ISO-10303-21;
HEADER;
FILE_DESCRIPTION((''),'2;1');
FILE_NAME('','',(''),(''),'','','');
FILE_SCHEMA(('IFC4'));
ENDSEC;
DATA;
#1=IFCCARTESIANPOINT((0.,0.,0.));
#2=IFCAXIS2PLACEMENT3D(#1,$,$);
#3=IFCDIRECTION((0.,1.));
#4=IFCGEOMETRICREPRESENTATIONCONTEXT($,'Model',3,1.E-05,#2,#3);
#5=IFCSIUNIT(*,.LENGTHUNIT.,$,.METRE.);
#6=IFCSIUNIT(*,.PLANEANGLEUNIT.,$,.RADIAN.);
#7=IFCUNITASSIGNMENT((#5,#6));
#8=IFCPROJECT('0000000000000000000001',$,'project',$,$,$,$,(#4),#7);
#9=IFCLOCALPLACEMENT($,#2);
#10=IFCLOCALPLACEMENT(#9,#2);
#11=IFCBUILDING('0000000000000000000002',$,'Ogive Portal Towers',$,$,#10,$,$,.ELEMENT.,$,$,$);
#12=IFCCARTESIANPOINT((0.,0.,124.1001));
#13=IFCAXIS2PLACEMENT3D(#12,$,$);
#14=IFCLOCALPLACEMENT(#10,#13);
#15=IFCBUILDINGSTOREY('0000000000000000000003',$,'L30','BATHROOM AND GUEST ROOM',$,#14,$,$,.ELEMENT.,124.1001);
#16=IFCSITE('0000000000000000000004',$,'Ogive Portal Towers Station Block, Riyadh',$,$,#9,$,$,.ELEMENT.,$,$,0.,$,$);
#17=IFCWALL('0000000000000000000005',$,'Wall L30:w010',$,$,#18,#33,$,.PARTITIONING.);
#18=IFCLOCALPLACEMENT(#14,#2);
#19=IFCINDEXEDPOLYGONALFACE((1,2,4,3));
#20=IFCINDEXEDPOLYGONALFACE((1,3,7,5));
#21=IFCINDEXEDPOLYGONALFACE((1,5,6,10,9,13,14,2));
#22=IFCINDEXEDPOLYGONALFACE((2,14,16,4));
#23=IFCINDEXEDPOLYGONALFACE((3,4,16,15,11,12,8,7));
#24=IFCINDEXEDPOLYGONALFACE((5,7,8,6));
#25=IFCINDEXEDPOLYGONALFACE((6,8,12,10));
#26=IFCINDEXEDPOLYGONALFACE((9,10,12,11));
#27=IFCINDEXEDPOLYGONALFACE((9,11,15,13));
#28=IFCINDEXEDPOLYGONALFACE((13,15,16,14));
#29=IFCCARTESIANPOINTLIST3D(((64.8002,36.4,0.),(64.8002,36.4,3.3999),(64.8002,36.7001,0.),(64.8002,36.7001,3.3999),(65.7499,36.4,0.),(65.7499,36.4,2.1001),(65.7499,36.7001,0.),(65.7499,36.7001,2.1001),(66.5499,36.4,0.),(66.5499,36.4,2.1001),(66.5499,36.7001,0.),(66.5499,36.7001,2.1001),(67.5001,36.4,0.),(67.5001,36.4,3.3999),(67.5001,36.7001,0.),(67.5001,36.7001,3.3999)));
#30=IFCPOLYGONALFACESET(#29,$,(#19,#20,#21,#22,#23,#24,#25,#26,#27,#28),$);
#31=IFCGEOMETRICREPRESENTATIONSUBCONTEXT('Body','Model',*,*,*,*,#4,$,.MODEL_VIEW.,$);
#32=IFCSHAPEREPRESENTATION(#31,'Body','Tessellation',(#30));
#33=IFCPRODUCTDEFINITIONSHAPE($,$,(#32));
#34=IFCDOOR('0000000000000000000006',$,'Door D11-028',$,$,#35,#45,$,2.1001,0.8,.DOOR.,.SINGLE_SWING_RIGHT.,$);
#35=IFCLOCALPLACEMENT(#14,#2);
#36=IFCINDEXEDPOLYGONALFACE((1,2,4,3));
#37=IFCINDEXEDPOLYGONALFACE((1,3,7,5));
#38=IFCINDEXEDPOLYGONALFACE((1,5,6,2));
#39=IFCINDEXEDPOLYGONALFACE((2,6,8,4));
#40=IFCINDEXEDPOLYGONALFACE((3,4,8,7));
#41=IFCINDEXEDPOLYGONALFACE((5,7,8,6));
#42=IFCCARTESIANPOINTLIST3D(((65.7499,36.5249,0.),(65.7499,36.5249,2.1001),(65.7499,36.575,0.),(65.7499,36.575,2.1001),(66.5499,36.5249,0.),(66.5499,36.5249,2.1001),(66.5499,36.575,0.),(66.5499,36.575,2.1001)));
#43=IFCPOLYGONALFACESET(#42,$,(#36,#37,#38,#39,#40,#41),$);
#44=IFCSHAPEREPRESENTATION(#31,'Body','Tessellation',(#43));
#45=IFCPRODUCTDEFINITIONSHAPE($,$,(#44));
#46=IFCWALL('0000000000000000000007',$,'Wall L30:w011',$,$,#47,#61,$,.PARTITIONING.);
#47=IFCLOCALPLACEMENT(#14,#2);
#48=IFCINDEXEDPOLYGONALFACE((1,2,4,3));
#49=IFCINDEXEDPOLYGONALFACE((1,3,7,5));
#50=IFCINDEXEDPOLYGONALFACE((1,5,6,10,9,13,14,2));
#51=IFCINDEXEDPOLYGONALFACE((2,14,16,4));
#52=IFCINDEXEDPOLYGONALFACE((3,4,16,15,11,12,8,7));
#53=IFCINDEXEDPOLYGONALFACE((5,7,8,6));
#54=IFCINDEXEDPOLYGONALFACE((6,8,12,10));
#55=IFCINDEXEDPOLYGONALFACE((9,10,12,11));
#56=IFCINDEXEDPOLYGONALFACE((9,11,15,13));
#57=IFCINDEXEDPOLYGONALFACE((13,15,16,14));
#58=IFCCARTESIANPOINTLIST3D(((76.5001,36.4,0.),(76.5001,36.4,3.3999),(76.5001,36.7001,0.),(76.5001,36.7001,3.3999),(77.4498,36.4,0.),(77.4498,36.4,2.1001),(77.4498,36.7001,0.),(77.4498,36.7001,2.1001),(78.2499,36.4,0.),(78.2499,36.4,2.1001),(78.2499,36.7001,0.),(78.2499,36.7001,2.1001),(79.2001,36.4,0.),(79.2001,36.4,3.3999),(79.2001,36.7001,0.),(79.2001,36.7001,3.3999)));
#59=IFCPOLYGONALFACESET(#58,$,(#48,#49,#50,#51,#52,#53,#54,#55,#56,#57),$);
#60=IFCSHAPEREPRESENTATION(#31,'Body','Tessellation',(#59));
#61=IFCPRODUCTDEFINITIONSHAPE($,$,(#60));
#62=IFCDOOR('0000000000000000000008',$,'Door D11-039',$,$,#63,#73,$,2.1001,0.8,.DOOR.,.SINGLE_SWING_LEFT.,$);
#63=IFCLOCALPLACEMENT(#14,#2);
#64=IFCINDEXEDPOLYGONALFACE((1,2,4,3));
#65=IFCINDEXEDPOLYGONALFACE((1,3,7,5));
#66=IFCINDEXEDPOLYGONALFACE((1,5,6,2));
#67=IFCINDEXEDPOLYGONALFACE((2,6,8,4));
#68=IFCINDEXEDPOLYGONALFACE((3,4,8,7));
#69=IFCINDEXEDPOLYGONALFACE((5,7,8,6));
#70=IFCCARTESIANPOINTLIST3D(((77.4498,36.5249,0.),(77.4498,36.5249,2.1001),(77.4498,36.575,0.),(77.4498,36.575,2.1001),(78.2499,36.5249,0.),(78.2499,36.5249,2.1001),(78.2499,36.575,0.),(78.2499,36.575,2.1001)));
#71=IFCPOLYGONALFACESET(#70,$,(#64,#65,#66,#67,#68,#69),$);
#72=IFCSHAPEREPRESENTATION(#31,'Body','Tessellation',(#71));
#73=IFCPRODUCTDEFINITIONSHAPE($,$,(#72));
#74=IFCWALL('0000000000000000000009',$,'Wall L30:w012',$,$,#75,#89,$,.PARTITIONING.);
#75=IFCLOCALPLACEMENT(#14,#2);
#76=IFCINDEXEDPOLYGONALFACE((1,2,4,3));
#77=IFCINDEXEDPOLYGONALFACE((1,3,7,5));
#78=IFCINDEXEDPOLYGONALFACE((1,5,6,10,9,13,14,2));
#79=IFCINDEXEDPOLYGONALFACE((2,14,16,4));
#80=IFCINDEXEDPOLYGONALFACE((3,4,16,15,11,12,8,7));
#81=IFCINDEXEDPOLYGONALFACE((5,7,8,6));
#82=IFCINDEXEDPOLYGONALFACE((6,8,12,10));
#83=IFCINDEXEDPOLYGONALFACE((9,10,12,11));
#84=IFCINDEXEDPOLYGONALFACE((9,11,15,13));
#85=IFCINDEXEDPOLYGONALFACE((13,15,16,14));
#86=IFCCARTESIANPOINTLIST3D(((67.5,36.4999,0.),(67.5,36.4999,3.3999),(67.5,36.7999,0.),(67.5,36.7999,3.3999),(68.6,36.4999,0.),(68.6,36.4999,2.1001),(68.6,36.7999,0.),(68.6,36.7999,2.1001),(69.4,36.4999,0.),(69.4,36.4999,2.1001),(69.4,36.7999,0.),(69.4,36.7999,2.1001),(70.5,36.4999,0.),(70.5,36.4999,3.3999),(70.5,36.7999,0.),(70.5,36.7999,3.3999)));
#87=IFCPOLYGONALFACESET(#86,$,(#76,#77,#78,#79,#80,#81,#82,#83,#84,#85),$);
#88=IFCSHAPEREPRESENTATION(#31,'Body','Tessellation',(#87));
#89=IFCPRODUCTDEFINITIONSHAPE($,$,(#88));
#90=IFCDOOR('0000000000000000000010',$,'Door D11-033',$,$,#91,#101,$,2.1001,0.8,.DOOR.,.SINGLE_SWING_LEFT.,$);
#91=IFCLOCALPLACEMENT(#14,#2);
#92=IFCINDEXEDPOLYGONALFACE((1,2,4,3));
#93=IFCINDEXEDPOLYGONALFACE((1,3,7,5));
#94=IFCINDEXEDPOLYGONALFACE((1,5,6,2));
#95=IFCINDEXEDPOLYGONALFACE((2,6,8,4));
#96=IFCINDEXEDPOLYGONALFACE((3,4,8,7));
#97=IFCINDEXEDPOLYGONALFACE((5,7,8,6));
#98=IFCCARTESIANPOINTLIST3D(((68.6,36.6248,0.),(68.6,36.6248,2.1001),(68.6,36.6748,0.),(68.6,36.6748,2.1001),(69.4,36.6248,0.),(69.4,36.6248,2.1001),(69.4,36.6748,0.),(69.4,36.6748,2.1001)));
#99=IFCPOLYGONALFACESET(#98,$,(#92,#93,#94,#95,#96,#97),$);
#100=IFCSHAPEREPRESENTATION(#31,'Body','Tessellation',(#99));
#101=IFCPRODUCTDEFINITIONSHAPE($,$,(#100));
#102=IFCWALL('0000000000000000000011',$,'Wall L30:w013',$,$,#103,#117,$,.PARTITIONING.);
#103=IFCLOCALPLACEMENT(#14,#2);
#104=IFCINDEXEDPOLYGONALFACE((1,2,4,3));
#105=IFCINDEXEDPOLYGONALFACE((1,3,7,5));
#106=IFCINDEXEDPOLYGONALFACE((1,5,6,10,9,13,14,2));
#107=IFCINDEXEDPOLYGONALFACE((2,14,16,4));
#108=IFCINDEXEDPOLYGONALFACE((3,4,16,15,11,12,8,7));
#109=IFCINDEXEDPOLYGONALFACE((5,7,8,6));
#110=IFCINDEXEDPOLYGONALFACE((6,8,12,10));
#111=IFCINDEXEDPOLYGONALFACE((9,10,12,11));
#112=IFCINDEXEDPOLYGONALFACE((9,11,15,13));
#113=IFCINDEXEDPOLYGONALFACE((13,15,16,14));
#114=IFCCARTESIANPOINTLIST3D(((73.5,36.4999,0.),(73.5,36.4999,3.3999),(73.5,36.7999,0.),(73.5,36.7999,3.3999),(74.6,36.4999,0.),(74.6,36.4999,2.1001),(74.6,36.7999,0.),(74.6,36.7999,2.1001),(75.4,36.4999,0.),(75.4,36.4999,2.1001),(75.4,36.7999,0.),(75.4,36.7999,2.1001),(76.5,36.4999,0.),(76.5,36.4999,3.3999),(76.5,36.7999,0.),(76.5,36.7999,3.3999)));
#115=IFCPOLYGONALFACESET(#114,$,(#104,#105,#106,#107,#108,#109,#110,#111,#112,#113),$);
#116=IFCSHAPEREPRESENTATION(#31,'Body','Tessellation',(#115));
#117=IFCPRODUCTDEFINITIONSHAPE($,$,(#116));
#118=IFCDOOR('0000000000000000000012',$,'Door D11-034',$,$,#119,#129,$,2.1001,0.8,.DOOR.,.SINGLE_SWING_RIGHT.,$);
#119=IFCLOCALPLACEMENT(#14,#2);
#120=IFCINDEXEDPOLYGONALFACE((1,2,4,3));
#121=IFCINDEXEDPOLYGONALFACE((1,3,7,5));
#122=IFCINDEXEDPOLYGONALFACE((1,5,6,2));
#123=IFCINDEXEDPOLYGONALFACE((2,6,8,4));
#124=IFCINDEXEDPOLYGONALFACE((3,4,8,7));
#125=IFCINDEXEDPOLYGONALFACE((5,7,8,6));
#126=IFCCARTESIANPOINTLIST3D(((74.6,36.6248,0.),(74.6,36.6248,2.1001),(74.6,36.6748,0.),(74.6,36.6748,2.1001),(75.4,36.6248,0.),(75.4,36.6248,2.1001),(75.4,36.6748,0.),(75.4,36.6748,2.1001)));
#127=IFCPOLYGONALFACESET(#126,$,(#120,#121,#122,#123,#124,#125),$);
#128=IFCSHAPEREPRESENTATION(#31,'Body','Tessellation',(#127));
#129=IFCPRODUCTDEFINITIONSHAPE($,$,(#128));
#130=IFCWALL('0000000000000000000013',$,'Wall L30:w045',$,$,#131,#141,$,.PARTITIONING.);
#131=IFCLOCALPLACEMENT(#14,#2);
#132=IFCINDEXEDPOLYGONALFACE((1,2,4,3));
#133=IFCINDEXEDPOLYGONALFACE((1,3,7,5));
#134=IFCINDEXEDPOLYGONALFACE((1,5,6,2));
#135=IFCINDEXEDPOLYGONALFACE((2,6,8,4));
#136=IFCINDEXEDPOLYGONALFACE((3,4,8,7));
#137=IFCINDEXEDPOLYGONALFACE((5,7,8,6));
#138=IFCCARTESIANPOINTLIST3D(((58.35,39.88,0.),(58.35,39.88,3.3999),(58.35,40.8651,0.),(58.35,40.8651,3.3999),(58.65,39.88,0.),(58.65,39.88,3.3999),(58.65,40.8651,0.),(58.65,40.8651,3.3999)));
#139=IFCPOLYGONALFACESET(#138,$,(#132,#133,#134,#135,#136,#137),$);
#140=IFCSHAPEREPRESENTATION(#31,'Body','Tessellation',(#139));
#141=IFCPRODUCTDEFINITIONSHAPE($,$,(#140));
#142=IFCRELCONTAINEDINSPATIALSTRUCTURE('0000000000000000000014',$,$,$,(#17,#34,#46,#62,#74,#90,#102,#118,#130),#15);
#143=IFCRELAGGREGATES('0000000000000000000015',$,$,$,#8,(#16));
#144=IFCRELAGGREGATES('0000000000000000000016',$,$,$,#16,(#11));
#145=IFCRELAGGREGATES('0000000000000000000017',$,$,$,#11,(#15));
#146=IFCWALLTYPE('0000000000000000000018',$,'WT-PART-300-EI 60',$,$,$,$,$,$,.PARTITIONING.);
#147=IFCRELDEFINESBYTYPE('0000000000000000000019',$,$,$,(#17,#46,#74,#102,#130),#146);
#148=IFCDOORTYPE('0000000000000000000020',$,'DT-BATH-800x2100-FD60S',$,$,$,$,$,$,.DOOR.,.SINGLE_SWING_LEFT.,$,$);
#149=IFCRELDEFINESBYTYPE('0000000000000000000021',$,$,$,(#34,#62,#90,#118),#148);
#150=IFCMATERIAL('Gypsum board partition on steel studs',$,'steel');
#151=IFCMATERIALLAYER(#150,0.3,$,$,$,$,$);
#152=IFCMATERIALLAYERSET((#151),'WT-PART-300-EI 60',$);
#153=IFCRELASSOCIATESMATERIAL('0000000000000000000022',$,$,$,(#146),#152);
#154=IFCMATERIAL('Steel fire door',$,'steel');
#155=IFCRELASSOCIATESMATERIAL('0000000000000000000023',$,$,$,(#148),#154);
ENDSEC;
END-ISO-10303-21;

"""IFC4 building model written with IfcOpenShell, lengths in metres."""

from ifc_helpers import new_model, si_unit, direction, frame, frame_2d, origin, place, context, subcontext, project, spatial, rectangle, extrude, material, layer, layer_set, type_object, element, fill, save


model = new_model("IFC4")

# Units and contexts
model_context = context("Model", 3, precision=1e-05, world=origin(), true_north=direction((0.0, 1.0)))
body_context = subcontext(model_context, "Body", "Model", "MODEL_VIEW")
ifc_project = project(units=[si_unit("LENGTHUNIT", "METRE"), si_unit("PLANEANGLEUNIT", "RADIAN")], contexts=[model_context])

# Site, building, storey
site_placement = place(None, origin())
site = spatial("IfcSite", under=ifc_project, at=site_placement, Name="Ogive Portal Towers Station Block, Riyadh", CompositionType="ELEMENT", RefElevation=0.0)
building_placement = place(site_placement, origin())
building = spatial("IfcBuilding", under=site, at=building_placement, Name="Ogive Portal Towers", CompositionType="ELEMENT")
storey_placement = place(building_placement, frame((0.0, 0.0, 124.1001)))
storey = spatial("IfcBuildingStorey", under=building, at=storey_placement, Name="L30", Description="BATHROOM AND GUEST ROOM", CompositionType="ELEMENT", Elevation=124.1001)

# Walls, openings, doors
ifc_material_1 = material(Name="Gypsum board partition on steel studs", Category="steel")
ifc_layer_1 = layer(ifc_material_1, 0.3)
ifc_layer_set_1 = layer_set([ifc_layer_1], Name="WT-PART-300-EI 60")
wall_type = type_object("IfcWallType", Name="WT-PART-300-EI 60", PredefinedType="PARTITIONING", material=ifc_layer_set_1)
wall_1_placement = place(storey_placement, frame((64.8, 36.55, 0.0), z_axis=(0.0, 0.0, 1.0), x_axis=(1.0, 0.0, 0.0)))
wall_1 = element("IfcWall", 1, at=wall_1_placement, inside=storey, type_object=wall_type, Name="Wall L30:w010", PredefinedType="PARTITIONING", context=body_context, shape_type="SweptSolid", body=[
    extrude(rectangle(XDim=2.7, YDim=0.3, at=frame_2d((1.3501, 0.0))), origin(), (0.0, 0.0, 1.0), 3.3999),
])
opening_1_placement = place(wall_1_placement, frame((0.95, 0.0, 0.0)))
opening_1 = element("IfcOpeningElement", 2, at=opening_1_placement, cuts=wall_1, PredefinedType="OPENING", context=body_context, shape_type="SweptSolid", body=[
    extrude(rectangle(XDim=0.8, YDim=2.1001, at=frame_2d((0.3999, 1.05))), frame((0.0, 0.1602, 0.0), z_axis=(0.0, -1.0, 0.0), x_axis=(1.0, 0.0, 0.0)), (0.0, 0.0, 1.0), 0.3201),
])
ifc_material_2 = material(Name="Steel fire door", Category="steel")
door_type = type_object("IfcDoorType", Name="DT-BATH-800x2100-FD60S", OperationType="SINGLE_SWING_LEFT", PredefinedType="DOOR", material=ifc_material_2)
door_1_placement = place(opening_1_placement, origin())
door_1 = element("IfcDoor", 3, at=door_1_placement, inside=storey, type_object=door_type, Name="Door D11-028", OperationType="SINGLE_SWING_RIGHT", OverallHeight=2.1001, OverallWidth=0.8, PredefinedType="DOOR", context=body_context, shape_type="SweptSolid", body=[
    extrude(rectangle(XDim=0.8, YDim=2.1001, at=frame_2d((0.3999, 1.05))), frame((0.0, 0.0249, 0.0), z_axis=(0.0, -1.0, 0.0), x_axis=(1.0, 0.0, 0.0)), (0.0, 0.0, 1.0), 0.05),
])
fill(opening_1, door_1)
wall_2_placement = place(storey_placement, frame((76.5, 36.55, 0.0), z_axis=(0.0, 0.0, 1.0), x_axis=(1.0, 0.0, 0.0)))
wall_2 = element("IfcWall", 4, at=wall_2_placement, inside=storey, type_object=wall_type, Name="Wall L30:w011", PredefinedType="PARTITIONING", context=body_context, shape_type="SweptSolid", body=[
    extrude(rectangle(XDim=2.7, YDim=0.3, at=frame_2d((1.3501, 0.0))), origin(), (0.0, 0.0, 1.0), 3.3999),
])
opening_2_placement = place(wall_2_placement, frame((0.95, 0.0, 0.0)))
opening_2 = element("IfcOpeningElement", 5, at=opening_2_placement, cuts=wall_2, PredefinedType="OPENING", context=body_context, shape_type="SweptSolid", body=[
    extrude(rectangle(XDim=0.8, YDim=2.1001, at=frame_2d((0.3999, 1.05))), frame((0.0, 0.1602, 0.0), z_axis=(0.0, -1.0, 0.0), x_axis=(1.0, 0.0, 0.0)), (0.0, 0.0, 1.0), 0.3201),
])
door_2_placement = place(opening_2_placement, origin())
door_2 = element("IfcDoor", 6, at=door_2_placement, inside=storey, type_object=door_type, Name="Door D11-039", OperationType="SINGLE_SWING_LEFT", OverallHeight=2.1001, OverallWidth=0.8, PredefinedType="DOOR", context=body_context, shape_type="SweptSolid", body=[
    extrude(rectangle(XDim=0.8, YDim=2.1001, at=frame_2d((0.3999, 1.05))), frame((0.0, 0.0249, 0.0), z_axis=(0.0, -1.0, 0.0), x_axis=(1.0, 0.0, 0.0)), (0.0, 0.0, 1.0), 0.05),
])
fill(opening_2, door_2)
wall_3_placement = place(storey_placement, frame((67.5, 36.6499, 0.0), z_axis=(0.0, 0.0, 1.0), x_axis=(1.0, 0.0, 0.0)))
wall_3 = element("IfcWall", 7, at=wall_3_placement, inside=storey, type_object=wall_type, Name="Wall L30:w012", PredefinedType="PARTITIONING", context=body_context, shape_type="SweptSolid", body=[
    extrude(rectangle(XDim=3.0, YDim=0.3, at=frame_2d((1.5, 0.0))), origin(), (0.0, 0.0, 1.0), 3.3999),
])
opening_3_placement = place(wall_3_placement, frame((1.1001, 0.0, 0.0)))
opening_3 = element("IfcOpeningElement", 8, at=opening_3_placement, cuts=wall_3, PredefinedType="OPENING", context=body_context, shape_type="SweptSolid", body=[
    extrude(rectangle(XDim=0.8, YDim=2.1001, at=frame_2d((0.3999, 1.05))), frame((0.0, 0.1602, 0.0), z_axis=(0.0, -1.0, 0.0), x_axis=(1.0, 0.0, 0.0)), (0.0, 0.0, 1.0), 0.3201),
])
door_3_placement = place(opening_3_placement, origin())
door_3 = element("IfcDoor", 9, at=door_3_placement, inside=storey, type_object=door_type, Name="Door D11-033", OperationType="SINGLE_SWING_LEFT", OverallHeight=2.1001, OverallWidth=0.8, PredefinedType="DOOR", context=body_context, shape_type="SweptSolid", body=[
    extrude(rectangle(XDim=0.8, YDim=2.1001, at=frame_2d((0.3999, 1.05))), frame((0.0, 0.0249, 0.0), z_axis=(0.0, -1.0, 0.0), x_axis=(1.0, 0.0, 0.0)), (0.0, 0.0, 1.0), 0.05),
])
fill(opening_3, door_3)
wall_4_placement = place(storey_placement, frame((73.5, 36.6499, 0.0), z_axis=(0.0, 0.0, 1.0), x_axis=(1.0, 0.0, 0.0)))
wall_4 = element("IfcWall", 10, at=wall_4_placement, inside=storey, type_object=wall_type, Name="Wall L30:w013", PredefinedType="PARTITIONING", context=body_context, shape_type="SweptSolid", body=[
    extrude(rectangle(XDim=3.0, YDim=0.3, at=frame_2d((1.5, 0.0))), origin(), (0.0, 0.0, 1.0), 3.3999),
])
opening_4_placement = place(wall_4_placement, frame((1.1001, 0.0, 0.0)))
opening_4 = element("IfcOpeningElement", 11, at=opening_4_placement, cuts=wall_4, PredefinedType="OPENING", context=body_context, shape_type="SweptSolid", body=[
    extrude(rectangle(XDim=0.8, YDim=2.1001, at=frame_2d((0.3999, 1.05))), frame((0.0, 0.1602, 0.0), z_axis=(0.0, -1.0, 0.0), x_axis=(1.0, 0.0, 0.0)), (0.0, 0.0, 1.0), 0.3201),
])
door_4_placement = place(opening_4_placement, origin())
door_4 = element("IfcDoor", 12, at=door_4_placement, inside=storey, type_object=door_type, Name="Door D11-034", OperationType="SINGLE_SWING_RIGHT", OverallHeight=2.1001, OverallWidth=0.8, PredefinedType="DOOR", context=body_context, shape_type="SweptSolid", body=[
    extrude(rectangle(XDim=0.8, YDim=2.1001, at=frame_2d((0.3999, 1.05))), frame((0.0, 0.0249, 0.0), z_axis=(0.0, -1.0, 0.0), x_axis=(1.0, 0.0, 0.0)), (0.0, 0.0, 1.0), 0.05),
])
fill(opening_4, door_4)

# Wall
wall_5_placement = place(storey_placement, frame((58.5, 39.8799, 0.0), z_axis=(0.0, 0.0, 1.0), x_axis=(0.0, 1.0, 0.0)))
element("IfcWall", 13, at=wall_5_placement, inside=storey, type_object=wall_type, Name="Wall L30:w045", PredefinedType="PARTITIONING", context=body_context, shape_type="SweptSolid", body=[
    extrude(rectangle(XDim=0.9851, YDim=0.3, at=frame_2d((0.4927, 0.0))), origin(), (0.0, 0.0, 1.0), 3.3999),
])

save(model, "model.ifc")
